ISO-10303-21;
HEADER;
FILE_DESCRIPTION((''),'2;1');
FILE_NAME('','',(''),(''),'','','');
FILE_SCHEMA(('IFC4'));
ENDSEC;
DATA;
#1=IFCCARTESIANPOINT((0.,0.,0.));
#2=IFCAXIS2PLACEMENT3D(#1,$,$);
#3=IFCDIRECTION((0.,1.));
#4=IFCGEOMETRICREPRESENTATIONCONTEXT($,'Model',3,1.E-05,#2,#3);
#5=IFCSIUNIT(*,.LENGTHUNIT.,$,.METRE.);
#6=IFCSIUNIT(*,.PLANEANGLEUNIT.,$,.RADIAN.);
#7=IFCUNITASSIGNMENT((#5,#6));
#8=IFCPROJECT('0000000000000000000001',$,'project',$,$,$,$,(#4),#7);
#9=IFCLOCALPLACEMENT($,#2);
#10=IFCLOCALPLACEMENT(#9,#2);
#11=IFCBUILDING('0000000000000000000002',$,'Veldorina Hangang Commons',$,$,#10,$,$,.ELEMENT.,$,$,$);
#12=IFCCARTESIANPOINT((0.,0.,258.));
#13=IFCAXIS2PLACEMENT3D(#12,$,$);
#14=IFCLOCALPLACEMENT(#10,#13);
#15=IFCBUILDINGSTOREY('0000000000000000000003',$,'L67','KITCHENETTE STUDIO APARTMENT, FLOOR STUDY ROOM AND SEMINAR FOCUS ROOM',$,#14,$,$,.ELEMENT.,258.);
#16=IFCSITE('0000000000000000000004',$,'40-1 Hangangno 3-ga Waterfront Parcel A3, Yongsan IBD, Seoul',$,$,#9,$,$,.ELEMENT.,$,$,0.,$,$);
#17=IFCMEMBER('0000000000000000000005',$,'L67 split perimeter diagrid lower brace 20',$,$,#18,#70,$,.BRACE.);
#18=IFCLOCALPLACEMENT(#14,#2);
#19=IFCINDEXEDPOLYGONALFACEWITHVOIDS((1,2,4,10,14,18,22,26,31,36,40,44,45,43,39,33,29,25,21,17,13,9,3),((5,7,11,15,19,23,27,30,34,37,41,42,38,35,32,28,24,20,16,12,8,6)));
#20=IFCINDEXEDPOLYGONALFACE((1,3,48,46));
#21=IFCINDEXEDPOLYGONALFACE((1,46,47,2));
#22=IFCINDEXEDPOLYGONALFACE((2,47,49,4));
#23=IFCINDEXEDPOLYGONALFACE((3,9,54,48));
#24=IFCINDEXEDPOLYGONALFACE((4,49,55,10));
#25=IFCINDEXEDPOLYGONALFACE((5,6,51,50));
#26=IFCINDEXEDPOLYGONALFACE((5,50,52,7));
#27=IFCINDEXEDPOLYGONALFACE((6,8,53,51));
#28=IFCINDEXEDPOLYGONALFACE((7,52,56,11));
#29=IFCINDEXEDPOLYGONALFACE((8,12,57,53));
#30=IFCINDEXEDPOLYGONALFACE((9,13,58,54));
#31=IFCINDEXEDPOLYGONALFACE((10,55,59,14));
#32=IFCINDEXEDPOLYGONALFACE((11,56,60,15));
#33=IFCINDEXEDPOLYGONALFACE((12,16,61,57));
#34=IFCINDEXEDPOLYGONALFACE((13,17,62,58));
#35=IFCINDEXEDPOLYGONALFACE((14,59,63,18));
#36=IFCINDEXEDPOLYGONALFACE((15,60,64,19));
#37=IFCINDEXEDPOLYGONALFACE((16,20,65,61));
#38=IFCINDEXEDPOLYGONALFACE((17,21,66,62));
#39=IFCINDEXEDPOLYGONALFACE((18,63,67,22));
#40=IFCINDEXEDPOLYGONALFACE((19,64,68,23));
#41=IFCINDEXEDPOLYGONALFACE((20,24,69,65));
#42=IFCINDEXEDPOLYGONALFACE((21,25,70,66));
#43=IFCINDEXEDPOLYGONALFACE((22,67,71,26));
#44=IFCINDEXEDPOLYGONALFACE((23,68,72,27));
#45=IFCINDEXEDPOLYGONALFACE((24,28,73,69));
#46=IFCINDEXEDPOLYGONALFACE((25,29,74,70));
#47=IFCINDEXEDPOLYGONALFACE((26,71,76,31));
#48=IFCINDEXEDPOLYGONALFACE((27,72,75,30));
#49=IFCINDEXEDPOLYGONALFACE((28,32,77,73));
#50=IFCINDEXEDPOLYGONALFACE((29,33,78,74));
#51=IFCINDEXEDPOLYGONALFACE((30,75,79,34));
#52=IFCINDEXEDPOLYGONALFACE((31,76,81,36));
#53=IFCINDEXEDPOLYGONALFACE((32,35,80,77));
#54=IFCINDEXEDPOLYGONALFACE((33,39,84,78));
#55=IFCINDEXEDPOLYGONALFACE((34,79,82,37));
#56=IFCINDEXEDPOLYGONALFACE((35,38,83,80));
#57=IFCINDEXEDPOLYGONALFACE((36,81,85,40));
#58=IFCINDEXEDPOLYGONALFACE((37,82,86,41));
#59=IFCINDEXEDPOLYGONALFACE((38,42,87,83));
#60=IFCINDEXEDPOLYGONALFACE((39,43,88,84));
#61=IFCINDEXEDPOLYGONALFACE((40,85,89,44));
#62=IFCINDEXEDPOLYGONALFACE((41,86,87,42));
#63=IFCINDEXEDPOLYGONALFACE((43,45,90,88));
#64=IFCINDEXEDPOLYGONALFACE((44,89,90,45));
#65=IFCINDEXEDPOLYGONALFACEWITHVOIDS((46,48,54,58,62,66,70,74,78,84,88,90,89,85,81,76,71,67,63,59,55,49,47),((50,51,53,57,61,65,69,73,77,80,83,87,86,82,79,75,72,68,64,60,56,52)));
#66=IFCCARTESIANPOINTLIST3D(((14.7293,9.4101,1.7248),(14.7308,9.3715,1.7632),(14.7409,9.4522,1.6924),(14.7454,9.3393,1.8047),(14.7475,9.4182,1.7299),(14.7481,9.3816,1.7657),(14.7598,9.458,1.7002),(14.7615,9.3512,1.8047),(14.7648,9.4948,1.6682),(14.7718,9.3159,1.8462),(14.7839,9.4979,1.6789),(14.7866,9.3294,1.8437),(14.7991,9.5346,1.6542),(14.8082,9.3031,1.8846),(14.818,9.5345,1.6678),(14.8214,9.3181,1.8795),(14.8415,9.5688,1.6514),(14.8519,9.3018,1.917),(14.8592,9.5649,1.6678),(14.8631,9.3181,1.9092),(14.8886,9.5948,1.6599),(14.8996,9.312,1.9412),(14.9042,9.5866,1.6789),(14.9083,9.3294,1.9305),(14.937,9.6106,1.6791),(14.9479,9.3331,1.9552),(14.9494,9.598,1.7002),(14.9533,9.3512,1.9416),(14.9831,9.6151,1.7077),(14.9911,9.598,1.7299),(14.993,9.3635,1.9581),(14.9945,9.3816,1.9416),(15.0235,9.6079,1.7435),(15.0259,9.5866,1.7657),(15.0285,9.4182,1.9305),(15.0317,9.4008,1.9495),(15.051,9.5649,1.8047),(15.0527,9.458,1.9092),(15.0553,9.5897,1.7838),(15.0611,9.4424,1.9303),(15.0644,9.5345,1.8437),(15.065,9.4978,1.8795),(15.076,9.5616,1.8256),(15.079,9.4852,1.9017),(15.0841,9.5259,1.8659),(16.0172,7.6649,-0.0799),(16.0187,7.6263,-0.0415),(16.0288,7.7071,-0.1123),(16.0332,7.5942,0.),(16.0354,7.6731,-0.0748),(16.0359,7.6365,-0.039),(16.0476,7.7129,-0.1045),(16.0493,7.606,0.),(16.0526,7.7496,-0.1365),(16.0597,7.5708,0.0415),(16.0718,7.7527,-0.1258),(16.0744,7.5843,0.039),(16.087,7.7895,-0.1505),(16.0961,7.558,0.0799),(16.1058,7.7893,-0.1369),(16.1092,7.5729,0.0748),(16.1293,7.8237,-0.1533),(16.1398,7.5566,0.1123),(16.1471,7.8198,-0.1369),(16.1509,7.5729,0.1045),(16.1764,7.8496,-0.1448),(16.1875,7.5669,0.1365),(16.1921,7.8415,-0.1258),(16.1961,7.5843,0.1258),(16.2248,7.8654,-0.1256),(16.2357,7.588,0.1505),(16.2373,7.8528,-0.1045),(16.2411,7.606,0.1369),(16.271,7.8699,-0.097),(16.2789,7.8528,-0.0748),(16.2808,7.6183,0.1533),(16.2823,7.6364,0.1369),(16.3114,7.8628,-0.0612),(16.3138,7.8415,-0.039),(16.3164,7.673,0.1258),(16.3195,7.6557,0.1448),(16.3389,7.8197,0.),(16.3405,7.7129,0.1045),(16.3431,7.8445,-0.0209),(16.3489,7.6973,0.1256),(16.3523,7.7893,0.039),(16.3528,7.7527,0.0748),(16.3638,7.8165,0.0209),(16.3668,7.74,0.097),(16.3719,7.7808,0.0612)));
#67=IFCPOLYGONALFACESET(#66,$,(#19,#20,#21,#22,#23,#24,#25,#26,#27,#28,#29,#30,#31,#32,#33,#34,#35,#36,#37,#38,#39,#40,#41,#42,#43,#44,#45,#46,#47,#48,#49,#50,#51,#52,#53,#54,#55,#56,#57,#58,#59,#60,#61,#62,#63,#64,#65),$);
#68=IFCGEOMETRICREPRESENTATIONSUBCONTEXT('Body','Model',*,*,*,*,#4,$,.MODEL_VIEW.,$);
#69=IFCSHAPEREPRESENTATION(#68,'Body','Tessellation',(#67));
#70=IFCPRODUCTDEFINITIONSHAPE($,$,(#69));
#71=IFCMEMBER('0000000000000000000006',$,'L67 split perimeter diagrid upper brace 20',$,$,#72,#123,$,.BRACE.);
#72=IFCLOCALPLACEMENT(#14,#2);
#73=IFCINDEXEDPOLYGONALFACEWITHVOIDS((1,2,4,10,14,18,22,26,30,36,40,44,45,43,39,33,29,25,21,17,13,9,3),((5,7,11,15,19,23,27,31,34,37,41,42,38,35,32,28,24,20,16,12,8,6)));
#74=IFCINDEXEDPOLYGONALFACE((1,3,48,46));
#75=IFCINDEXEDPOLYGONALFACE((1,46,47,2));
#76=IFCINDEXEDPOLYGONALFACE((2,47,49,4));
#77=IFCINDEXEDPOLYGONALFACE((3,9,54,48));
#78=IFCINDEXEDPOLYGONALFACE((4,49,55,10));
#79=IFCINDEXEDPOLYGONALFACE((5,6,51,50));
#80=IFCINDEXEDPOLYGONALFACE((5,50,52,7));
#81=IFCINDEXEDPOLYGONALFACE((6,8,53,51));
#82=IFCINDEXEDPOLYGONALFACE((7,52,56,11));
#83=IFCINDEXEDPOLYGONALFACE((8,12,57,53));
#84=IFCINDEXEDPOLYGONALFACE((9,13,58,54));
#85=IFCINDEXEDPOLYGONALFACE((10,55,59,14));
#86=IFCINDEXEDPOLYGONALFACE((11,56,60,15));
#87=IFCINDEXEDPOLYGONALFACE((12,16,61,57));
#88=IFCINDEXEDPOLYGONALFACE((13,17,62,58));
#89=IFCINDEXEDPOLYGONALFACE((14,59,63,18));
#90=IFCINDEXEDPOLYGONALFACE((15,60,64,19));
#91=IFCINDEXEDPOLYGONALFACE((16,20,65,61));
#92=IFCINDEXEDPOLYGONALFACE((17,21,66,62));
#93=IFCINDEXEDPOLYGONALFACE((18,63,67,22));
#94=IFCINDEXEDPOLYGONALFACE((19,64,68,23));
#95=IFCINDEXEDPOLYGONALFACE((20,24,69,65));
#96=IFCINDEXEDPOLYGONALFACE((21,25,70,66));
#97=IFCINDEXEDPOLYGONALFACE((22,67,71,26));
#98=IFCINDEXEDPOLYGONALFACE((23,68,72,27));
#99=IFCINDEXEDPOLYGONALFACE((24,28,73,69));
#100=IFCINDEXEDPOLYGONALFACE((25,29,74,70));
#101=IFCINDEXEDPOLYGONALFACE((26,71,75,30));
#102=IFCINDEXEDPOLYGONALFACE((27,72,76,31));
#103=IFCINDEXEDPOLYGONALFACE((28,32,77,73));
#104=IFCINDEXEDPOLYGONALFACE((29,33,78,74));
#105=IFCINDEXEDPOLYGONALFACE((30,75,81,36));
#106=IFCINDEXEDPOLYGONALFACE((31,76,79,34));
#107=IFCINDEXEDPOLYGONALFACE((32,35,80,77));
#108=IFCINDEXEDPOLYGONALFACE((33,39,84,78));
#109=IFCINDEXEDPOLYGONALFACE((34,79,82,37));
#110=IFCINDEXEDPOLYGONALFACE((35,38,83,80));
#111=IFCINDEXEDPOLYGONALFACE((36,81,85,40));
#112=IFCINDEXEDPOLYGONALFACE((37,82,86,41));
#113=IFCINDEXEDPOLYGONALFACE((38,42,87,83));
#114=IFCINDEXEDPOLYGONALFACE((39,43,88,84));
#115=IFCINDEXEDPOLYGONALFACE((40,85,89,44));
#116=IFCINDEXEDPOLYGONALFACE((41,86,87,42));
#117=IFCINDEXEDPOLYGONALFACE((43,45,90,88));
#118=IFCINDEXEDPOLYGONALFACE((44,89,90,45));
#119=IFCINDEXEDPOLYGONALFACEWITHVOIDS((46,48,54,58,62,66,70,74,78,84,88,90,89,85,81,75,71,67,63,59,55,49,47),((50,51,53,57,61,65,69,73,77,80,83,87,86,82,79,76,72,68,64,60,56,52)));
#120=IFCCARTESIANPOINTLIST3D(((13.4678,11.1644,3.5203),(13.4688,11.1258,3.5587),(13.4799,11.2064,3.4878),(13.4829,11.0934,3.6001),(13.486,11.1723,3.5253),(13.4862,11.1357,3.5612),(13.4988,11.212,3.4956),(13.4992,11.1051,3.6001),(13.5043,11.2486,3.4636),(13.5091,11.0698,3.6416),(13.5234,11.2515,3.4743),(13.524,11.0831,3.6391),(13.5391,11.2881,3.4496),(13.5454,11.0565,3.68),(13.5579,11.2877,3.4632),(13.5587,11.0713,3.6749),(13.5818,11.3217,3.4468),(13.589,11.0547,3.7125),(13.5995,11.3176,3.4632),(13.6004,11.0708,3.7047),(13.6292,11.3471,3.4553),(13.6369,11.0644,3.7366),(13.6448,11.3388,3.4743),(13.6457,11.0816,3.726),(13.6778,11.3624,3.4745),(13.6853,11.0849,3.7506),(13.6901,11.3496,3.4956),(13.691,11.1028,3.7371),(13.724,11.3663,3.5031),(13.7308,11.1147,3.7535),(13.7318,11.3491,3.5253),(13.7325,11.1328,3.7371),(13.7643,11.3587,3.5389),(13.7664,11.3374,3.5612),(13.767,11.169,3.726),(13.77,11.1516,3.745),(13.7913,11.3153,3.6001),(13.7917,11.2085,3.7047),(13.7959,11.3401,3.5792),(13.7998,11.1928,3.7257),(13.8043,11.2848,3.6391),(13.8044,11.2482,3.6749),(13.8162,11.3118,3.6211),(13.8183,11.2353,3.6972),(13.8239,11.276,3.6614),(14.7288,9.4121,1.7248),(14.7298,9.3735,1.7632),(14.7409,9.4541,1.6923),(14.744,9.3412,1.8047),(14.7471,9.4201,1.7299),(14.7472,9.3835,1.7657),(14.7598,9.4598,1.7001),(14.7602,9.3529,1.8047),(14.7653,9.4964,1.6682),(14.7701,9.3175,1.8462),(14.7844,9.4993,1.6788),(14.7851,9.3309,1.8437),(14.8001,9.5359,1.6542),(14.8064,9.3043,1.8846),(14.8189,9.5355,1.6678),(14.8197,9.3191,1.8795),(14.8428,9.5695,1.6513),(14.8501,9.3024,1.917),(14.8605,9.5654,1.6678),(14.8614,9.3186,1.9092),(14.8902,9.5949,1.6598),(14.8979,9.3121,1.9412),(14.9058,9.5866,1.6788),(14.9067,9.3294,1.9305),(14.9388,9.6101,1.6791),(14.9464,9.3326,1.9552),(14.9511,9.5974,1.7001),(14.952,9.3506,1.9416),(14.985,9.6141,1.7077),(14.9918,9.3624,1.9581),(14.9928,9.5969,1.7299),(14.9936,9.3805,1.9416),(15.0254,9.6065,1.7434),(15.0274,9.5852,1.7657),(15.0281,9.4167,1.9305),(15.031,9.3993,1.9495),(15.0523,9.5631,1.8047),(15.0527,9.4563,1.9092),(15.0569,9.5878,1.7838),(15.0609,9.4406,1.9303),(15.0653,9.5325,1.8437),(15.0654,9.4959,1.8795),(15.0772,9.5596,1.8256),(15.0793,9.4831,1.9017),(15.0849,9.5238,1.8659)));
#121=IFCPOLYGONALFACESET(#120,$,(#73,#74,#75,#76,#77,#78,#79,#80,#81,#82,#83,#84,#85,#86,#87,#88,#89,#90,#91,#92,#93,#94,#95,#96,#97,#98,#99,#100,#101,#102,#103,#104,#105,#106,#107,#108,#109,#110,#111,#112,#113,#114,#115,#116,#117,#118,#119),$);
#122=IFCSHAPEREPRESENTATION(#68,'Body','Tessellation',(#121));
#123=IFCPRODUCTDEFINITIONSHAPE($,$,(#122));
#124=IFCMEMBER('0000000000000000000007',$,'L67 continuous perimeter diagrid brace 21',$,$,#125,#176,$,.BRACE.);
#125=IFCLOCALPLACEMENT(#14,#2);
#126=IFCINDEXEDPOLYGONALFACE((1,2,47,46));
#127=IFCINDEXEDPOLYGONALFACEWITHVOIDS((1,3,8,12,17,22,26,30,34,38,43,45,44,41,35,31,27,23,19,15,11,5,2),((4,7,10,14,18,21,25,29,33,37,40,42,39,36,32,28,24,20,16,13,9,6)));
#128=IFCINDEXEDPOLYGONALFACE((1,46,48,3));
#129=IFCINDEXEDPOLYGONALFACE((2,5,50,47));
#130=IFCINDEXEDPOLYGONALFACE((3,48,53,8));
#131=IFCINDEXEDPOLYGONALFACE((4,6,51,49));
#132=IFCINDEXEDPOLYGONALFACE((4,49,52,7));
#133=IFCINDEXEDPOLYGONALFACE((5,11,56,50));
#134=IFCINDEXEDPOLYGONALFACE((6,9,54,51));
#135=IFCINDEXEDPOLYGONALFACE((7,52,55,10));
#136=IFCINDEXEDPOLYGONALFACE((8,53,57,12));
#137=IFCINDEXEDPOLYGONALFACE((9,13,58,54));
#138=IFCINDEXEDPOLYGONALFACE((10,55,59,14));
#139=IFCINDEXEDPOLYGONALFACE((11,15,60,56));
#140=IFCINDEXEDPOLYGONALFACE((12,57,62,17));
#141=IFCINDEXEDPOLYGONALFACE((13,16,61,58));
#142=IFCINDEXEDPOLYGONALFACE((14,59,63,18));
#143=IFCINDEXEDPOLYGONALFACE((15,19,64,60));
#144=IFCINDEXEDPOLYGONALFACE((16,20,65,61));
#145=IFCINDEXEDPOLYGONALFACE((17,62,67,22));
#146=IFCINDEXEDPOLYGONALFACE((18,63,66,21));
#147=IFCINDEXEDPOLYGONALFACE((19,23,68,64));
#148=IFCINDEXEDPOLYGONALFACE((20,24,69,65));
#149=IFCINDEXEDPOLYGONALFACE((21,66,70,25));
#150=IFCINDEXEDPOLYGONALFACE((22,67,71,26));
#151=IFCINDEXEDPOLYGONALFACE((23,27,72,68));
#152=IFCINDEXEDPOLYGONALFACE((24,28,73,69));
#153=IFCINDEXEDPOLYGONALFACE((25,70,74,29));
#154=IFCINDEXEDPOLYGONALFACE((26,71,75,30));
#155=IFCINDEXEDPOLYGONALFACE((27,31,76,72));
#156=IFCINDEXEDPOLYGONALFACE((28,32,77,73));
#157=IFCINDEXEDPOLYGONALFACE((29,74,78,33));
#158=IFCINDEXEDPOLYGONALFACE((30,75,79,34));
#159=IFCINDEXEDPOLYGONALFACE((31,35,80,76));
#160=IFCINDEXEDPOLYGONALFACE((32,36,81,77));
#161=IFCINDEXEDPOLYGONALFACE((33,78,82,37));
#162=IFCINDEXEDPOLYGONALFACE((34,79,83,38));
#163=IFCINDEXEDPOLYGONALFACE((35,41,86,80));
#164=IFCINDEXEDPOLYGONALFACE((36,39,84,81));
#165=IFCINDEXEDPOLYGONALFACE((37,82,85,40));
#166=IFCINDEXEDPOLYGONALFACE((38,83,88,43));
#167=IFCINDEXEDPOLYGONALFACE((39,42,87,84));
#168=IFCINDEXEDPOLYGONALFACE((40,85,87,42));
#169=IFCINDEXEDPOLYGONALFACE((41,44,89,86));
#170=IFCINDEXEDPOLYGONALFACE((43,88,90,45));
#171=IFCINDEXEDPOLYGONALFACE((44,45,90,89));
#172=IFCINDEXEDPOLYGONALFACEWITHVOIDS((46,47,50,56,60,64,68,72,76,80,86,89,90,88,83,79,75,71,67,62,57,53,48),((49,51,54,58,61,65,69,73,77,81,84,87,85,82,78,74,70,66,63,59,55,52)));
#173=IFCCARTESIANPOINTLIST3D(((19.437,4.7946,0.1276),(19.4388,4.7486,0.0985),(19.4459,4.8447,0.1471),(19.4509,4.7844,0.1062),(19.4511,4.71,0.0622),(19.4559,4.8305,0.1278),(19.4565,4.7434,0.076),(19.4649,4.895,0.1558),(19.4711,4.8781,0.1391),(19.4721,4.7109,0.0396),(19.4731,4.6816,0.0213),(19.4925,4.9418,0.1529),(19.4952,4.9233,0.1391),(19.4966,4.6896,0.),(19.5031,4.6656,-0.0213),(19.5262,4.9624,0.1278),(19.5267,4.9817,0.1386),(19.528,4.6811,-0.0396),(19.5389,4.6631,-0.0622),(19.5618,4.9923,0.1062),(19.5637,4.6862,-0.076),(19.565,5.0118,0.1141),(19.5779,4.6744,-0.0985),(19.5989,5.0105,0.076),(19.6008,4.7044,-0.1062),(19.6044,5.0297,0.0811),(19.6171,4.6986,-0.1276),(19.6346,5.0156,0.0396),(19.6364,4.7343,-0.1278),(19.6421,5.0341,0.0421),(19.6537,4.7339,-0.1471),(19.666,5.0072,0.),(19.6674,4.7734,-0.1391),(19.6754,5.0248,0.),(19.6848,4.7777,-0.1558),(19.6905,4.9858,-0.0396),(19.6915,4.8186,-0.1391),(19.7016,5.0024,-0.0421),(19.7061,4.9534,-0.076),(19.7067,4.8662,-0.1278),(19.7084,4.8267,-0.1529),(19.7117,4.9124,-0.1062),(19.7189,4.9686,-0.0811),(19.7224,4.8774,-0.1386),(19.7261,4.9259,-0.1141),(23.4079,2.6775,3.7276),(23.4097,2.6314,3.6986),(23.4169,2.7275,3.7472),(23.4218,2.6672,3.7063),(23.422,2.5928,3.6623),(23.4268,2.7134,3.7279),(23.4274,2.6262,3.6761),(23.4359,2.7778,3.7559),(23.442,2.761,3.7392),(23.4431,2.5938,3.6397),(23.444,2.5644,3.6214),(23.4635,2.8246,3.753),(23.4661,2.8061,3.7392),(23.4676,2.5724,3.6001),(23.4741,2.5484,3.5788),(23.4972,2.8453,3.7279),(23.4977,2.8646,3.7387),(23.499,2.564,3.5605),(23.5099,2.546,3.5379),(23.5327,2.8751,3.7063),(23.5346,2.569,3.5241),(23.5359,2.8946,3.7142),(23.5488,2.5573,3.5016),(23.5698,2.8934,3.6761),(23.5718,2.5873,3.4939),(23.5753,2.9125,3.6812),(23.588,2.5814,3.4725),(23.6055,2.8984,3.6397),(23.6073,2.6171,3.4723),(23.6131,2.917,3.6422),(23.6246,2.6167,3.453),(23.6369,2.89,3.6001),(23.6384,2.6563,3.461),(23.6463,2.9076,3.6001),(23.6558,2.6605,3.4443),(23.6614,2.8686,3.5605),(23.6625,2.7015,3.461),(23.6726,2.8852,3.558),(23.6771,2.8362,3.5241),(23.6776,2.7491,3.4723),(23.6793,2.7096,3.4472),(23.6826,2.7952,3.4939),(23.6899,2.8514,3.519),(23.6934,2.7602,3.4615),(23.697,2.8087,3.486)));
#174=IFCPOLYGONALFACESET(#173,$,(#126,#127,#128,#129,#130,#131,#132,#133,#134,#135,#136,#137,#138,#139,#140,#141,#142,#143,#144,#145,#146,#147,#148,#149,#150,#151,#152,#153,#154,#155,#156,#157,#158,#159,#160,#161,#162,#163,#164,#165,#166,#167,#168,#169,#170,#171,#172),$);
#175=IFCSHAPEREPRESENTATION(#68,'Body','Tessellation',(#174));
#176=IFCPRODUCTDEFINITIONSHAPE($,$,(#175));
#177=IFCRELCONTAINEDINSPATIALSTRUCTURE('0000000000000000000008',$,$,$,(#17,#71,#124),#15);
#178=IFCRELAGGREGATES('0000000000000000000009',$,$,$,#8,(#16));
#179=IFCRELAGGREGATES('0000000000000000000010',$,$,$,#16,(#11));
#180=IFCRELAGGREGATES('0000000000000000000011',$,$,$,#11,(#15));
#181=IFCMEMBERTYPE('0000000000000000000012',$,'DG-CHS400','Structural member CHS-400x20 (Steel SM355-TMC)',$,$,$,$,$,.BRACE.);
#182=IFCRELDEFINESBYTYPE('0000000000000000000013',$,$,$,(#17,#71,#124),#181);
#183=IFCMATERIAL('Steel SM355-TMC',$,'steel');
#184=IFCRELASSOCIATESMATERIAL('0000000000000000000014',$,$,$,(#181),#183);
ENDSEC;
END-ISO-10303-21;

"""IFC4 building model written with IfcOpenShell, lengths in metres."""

from ifc_helpers import new_model, si_unit, direction, frame, origin, origin_2d, place, context, subcontext, project, spatial, hollow_circle, extrude, material, material_profile, profile_set, type_object, element, save


model = new_model("IFC4")

# Units and contexts
model_context = context("Model", 3, precision=1e-05, world=origin(), true_north=direction((0.0, 1.0)))
body_context = subcontext(model_context, "Body", "Model", "MODEL_VIEW")
ifc_project = project(units=[si_unit("LENGTHUNIT", "METRE"), si_unit("PLANEANGLEUNIT", "RADIAN")], contexts=[model_context])

# Site, building, storey
site_placement = place(None, origin())
site = spatial("IfcSite", under=ifc_project, at=site_placement, Name="40-1 Hangangno 3-ga Waterfront Parcel A3, Yongsan IBD, Seoul", CompositionType="ELEMENT", RefElevation=0.0)
building_placement = place(site_placement, origin())
building = spatial("IfcBuilding", under=site, at=building_placement, Name="Veldorina Hangang Commons", CompositionType="ELEMENT")
storey_placement = place(building_placement, frame((0.0, 0.0, 258.0)))
storey = spatial("IfcBuildingStorey", under=building, at=storey_placement, Name="L67", Description="KITCHENETTE STUDIO APARTMENT, FLOOR STUDY ROOM AND SEMINAR FOCUS ROOM", CompositionType="ELEMENT", Elevation=258.0)

# Shared definitions
ifc_material_1 = material(Name="Steel SM355-TMC", Category="steel")

# Members
ifc_material_profile_1 = material_profile(ifc_material_1, hollow_circle(Radius=0.2, WallThickness=0.02, at=origin_2d()), Name="CHS-400x20")
ifc_profile_set_1 = profile_set([ifc_material_profile_1], Name="Steel SM355-TMC")
member_type_1 = type_object("IfcMemberType", Name="DG-CHS400", Description="Structural member CHS-400x20 (Steel SM355-TMC)", PredefinedType="BRACE", material=ifc_profile_set_1)
member_1_placement = place(storey_placement, frame((16.1941, 7.7129, 0.0), z_axis=(-0.456439, 0.618507, 0.63962), x_axis=(-0.804623, -0.593786, 0.0)))
element("IfcMember", 1, at=member_1_placement, inside=storey, type_object=member_type_1, Name="L67 split perimeter diagrid lower brace 20", PredefinedType="BRACE", context=body_context, shape_type="SweptSolid", body=[
    extrude(hollow_circle(Radius=0.2, WallThickness=0.02, at=origin_2d()), origin(), (0.0, 0.0, 1.0), 2.8215),
])
member_2_placement = place(storey_placement, frame((14.9062, 9.458, 1.8047), z_axis=(-0.4491, 0.624045, 0.639435), x_axis=(-0.811665, -0.584123, 0.0)))
element("IfcMember", 2, at=member_2_placement, inside=storey, type_object=member_type_1, Name="L67 split perimeter diagrid upper brace 20", PredefinedType="BRACE", context=body_context, shape_type="SweptSolid", body=[
    extrude(hollow_circle(Radius=0.2, WallThickness=0.02, at=origin_2d()), origin(), (0.0, 0.0, 1.0), 2.8079),
])
member_3_placement = place(storey_placement, frame((19.5813, 4.8484, 0.0), z_axis=(0.689048, -0.367379, 0.624697), x_axis=(0.470476, 0.882413, 0.0)))
element("IfcMember", 3, at=member_3_placement, inside=storey, type_object=member_type_1, Name="L67 continuous perimeter diagrid brace 21", PredefinedType="BRACE", context=body_context, shape_type="SweptSolid", body=[
    extrude(hollow_circle(Radius=0.2, WallThickness=0.02, at=origin_2d()), origin(), (0.0, 0.0, 1.0), 5.7629),
])

save(model, "model.ifc")
